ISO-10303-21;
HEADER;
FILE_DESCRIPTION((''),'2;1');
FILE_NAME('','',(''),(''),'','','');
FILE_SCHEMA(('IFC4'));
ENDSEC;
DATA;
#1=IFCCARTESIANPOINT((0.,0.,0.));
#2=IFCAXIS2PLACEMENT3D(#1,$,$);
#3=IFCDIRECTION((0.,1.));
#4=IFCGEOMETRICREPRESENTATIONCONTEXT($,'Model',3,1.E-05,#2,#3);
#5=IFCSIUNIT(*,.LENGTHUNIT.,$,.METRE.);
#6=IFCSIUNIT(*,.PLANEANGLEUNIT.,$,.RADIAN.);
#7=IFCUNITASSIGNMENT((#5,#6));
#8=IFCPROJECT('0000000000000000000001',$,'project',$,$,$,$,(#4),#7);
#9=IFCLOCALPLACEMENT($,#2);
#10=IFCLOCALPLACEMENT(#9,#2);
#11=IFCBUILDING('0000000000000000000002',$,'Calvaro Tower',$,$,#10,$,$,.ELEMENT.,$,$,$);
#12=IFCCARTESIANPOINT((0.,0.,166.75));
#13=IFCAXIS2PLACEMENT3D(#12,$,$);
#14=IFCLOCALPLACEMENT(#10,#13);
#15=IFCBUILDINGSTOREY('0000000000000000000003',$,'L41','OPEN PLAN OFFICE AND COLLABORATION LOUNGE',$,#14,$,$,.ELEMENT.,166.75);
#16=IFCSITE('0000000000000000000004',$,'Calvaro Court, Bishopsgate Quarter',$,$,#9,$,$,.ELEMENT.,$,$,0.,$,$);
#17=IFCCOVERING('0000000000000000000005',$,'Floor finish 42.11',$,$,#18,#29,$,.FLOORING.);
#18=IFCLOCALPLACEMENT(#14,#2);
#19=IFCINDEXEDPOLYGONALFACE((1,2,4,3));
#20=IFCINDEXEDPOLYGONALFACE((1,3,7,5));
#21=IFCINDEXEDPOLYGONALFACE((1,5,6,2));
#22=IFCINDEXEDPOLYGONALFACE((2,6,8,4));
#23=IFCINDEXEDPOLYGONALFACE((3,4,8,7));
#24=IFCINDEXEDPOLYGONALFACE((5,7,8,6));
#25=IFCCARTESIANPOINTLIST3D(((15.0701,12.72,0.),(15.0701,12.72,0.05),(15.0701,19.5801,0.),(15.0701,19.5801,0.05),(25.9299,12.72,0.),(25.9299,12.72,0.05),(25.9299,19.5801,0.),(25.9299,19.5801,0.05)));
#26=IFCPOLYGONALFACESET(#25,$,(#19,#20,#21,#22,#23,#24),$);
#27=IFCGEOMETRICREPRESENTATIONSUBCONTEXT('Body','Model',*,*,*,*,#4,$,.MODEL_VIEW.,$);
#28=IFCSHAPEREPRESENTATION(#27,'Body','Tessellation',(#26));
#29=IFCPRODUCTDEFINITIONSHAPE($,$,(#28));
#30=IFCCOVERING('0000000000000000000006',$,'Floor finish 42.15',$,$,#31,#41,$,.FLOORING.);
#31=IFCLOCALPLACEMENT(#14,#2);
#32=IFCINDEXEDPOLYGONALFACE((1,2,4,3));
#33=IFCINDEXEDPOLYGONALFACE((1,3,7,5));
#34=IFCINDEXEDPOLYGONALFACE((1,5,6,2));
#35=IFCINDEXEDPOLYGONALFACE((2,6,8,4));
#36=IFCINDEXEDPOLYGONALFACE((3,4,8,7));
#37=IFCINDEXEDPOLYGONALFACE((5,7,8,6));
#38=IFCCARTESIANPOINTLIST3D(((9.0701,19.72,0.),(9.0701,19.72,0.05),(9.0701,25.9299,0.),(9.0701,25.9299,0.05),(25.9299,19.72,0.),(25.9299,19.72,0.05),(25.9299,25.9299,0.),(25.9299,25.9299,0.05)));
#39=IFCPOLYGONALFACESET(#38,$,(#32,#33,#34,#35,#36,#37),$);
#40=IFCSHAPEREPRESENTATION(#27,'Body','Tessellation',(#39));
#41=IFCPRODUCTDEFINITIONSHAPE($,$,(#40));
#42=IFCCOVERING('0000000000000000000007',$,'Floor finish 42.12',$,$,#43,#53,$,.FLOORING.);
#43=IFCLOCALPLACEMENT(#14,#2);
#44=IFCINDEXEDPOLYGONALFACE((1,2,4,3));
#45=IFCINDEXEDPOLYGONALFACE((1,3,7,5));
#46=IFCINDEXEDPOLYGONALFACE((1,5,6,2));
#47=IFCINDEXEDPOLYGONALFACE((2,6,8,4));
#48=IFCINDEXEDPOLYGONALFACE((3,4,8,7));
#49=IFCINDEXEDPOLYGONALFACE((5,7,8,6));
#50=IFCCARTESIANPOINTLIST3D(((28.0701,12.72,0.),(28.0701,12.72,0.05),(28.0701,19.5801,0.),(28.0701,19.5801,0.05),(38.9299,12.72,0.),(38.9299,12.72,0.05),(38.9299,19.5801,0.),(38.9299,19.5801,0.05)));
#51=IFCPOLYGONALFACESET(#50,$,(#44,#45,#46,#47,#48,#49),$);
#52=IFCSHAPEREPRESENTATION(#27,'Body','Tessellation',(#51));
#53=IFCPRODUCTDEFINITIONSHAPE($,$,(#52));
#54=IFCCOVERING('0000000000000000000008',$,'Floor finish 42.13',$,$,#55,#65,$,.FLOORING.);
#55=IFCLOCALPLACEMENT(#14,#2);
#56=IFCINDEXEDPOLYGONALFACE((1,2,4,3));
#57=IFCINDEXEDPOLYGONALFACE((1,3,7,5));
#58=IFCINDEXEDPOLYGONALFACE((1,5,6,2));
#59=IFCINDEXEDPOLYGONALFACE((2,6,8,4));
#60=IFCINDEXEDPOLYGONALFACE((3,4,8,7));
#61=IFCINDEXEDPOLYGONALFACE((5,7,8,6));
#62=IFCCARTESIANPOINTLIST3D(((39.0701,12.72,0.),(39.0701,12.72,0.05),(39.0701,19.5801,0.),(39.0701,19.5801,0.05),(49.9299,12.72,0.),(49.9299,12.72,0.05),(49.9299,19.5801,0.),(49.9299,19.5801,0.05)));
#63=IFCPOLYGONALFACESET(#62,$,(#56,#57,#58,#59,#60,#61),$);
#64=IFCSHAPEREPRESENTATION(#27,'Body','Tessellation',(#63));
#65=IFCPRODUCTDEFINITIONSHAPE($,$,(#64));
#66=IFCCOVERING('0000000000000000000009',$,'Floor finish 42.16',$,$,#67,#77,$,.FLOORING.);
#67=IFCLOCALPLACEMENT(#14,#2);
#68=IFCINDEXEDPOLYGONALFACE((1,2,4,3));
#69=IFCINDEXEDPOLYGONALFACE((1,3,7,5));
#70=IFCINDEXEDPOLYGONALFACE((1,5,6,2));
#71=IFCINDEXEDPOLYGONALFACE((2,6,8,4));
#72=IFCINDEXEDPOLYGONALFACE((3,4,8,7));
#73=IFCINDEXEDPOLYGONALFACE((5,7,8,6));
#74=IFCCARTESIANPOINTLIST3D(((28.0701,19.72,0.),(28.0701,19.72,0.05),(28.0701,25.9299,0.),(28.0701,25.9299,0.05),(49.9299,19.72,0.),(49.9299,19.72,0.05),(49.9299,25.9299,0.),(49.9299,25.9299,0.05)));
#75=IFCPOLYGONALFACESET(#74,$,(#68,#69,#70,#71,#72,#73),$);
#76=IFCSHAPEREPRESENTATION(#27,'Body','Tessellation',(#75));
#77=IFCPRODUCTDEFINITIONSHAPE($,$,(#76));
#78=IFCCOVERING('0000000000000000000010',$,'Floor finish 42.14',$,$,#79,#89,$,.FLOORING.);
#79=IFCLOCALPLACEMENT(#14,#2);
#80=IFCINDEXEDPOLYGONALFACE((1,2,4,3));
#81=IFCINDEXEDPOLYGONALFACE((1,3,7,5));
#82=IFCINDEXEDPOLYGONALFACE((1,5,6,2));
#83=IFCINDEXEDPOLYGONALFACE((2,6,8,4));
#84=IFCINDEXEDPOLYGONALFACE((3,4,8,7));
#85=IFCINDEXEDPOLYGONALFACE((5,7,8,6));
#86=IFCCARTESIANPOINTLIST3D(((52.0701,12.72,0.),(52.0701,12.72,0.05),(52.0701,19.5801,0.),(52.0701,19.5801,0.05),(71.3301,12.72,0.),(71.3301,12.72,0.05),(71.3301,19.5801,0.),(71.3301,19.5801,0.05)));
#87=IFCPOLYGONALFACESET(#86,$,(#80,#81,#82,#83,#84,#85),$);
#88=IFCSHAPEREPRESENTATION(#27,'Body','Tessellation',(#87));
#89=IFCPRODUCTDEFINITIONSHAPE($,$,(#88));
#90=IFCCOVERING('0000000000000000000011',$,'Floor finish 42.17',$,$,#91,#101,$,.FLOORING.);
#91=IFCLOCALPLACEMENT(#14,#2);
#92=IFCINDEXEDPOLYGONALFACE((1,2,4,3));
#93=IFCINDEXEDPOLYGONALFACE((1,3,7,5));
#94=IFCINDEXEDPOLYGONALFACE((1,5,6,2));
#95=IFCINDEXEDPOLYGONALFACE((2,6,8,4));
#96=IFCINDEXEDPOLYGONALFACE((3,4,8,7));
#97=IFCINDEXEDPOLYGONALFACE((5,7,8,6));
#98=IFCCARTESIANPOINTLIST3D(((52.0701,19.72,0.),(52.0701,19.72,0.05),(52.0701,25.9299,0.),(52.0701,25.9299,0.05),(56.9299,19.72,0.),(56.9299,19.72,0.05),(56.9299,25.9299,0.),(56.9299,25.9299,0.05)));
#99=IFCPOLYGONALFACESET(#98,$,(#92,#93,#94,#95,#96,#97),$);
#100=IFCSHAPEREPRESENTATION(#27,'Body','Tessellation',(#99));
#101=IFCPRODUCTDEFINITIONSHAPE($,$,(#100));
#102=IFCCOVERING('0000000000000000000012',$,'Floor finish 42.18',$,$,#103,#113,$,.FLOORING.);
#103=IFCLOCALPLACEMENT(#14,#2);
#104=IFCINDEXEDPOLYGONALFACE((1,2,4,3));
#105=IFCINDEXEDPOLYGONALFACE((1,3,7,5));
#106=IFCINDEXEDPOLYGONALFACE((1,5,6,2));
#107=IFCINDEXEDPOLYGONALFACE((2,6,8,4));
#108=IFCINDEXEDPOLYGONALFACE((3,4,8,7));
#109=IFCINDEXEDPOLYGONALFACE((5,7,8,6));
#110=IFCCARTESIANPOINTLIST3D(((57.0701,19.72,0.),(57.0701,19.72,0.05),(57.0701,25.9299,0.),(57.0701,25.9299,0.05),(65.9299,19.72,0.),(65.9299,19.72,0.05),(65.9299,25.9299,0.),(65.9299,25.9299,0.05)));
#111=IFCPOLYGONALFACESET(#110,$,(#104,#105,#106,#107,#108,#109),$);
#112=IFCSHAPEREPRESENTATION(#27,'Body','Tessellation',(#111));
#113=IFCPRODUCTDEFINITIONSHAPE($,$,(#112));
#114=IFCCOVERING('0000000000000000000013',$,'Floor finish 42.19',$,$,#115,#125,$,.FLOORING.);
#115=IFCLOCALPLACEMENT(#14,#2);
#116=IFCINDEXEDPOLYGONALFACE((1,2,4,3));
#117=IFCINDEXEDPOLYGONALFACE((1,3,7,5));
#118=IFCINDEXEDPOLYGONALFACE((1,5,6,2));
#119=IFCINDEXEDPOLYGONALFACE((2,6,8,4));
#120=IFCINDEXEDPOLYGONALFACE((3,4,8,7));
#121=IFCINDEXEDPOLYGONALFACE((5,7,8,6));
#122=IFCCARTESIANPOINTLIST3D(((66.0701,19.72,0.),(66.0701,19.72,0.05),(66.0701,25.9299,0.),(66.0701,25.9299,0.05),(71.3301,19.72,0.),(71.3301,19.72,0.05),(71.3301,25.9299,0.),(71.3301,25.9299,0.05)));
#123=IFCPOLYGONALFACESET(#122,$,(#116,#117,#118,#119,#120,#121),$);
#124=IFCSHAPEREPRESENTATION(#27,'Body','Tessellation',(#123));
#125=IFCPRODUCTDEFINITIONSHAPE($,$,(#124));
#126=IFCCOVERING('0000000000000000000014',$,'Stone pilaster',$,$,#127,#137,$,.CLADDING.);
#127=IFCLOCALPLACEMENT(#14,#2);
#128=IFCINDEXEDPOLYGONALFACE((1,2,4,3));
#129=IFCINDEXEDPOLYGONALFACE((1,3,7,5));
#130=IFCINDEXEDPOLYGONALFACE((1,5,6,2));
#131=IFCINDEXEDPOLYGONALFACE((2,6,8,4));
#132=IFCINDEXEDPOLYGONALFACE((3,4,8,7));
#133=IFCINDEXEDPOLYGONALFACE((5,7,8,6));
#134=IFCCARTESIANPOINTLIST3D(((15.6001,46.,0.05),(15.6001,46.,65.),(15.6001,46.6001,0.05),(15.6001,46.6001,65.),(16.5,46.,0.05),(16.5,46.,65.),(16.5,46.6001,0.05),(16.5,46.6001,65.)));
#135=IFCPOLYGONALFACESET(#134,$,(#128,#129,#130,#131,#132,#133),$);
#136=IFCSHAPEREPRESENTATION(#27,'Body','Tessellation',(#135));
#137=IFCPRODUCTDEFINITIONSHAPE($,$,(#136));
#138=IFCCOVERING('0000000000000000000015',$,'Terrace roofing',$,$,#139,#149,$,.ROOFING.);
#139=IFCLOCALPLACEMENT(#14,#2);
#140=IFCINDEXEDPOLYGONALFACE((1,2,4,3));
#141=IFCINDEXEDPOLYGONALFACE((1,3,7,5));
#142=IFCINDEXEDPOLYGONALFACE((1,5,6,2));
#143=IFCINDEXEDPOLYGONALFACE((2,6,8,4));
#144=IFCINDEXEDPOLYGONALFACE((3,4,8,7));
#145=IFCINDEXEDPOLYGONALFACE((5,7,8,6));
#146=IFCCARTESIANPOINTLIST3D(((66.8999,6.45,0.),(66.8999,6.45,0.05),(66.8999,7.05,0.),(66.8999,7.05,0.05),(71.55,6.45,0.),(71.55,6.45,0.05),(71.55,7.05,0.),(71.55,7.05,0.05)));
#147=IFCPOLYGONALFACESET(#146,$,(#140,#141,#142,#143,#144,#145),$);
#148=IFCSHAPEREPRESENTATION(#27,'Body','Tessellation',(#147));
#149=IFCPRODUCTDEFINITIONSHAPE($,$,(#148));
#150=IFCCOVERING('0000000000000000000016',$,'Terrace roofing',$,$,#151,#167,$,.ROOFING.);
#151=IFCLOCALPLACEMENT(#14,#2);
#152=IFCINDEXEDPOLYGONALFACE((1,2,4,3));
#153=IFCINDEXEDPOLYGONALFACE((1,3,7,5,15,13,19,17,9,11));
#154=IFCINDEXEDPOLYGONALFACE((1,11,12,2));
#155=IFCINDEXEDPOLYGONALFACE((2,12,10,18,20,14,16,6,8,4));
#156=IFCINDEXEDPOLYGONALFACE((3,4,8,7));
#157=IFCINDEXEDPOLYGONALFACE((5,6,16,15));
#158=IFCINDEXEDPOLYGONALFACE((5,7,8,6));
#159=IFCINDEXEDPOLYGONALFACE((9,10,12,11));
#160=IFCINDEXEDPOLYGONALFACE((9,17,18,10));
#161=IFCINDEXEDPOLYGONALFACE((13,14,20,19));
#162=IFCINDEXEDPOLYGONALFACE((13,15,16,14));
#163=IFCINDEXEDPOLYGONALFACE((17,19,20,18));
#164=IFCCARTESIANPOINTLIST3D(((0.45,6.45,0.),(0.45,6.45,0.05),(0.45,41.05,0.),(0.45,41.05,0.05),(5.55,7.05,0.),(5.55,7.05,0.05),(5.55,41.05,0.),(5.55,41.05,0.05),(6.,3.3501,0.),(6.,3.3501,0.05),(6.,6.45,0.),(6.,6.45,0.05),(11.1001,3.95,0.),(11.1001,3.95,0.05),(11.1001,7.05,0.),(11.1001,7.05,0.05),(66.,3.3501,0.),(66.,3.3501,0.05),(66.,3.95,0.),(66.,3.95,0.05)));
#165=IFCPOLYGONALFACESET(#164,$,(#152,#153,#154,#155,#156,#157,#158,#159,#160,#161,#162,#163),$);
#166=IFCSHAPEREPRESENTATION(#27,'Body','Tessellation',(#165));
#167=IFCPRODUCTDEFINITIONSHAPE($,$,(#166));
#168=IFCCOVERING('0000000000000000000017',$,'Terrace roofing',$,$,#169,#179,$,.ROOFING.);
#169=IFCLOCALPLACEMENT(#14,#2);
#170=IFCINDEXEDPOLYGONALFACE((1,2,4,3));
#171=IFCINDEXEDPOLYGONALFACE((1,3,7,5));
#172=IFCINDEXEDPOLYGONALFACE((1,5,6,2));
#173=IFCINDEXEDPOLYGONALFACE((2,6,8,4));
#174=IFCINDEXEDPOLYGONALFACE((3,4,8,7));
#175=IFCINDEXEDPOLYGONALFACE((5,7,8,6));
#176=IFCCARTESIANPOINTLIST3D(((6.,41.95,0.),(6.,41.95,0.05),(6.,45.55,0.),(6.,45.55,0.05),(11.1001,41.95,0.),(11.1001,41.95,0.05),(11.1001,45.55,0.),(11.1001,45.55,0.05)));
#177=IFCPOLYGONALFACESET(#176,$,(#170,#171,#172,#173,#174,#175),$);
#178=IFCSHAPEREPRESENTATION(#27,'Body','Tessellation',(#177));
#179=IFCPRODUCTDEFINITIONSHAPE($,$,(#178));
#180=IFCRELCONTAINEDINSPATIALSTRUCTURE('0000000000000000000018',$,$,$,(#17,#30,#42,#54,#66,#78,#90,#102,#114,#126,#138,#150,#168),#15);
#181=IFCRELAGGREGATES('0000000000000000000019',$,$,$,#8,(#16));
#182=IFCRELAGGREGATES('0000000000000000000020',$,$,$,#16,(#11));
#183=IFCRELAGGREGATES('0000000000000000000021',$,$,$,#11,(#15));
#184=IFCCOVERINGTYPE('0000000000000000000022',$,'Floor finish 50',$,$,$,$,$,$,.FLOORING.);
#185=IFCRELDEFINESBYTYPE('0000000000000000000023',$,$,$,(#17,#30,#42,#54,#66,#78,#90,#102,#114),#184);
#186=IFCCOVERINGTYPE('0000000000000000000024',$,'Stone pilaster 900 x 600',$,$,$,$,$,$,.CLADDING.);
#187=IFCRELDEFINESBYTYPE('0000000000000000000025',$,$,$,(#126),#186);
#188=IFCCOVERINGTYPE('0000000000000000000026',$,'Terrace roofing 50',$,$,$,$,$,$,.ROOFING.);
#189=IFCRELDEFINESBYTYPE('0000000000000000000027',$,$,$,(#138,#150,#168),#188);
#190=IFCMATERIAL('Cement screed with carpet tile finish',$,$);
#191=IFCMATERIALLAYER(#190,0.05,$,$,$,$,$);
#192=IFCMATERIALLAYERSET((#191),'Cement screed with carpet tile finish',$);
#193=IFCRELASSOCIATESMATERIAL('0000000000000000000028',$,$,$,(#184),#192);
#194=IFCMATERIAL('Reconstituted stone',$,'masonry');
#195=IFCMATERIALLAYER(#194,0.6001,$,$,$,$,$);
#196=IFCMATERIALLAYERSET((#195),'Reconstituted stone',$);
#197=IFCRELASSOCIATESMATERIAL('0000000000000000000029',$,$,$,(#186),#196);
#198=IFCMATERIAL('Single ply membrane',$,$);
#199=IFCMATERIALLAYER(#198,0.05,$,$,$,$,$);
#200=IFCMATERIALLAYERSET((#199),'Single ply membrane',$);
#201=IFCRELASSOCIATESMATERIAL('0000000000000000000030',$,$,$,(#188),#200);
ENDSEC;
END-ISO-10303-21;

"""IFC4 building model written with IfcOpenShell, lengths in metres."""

from ifc_helpers import new_model, si_unit, direction, frame, origin, place, context, subcontext, project, spatial, polyline, outline, extrude, material, layer, layer_set, type_object, element, save


model = new_model("IFC4")

# Units and contexts
model_context = context("Model", 3, precision=1e-05, world=origin(), true_north=direction((0.0, 1.0)))
body_context = subcontext(model_context, "Body", "Model", "MODEL_VIEW")
ifc_project = project(units=[si_unit("LENGTHUNIT", "METRE"), si_unit("PLANEANGLEUNIT", "RADIAN")], contexts=[model_context])

# Site, building, storey
site_placement = place(None, origin())
site = spatial("IfcSite", under=ifc_project, at=site_placement, Name="Calvaro Court, Bishopsgate Quarter", CompositionType="ELEMENT", RefElevation=0.0)
building_placement = place(site_placement, origin())
building = spatial("IfcBuilding", under=site, at=building_placement, Name="Calvaro Tower", CompositionType="ELEMENT")
storey_placement = place(building_placement, frame((0.0, 0.0, 166.75)))
storey = spatial("IfcBuildingStorey", under=building, at=storey_placement, Name="L41", Description="OPEN PLAN OFFICE AND COLLABORATION LOUNGE", CompositionType="ELEMENT", Elevation=166.75)

# Coverings
ifc_material_1 = material(Name="Cement screed with carpet tile finish")
ifc_layer_1 = layer(ifc_material_1, 0.05)
ifc_layer_set_1 = layer_set([ifc_layer_1], Name="Cement screed with carpet tile finish")
covering_type_1 = type_object("IfcCoveringType", Name="Floor finish 50", PredefinedType="FLOORING", material=ifc_layer_set_1)
covering_1_placement = place(storey_placement, origin())
element("IfcCovering", 1, at=covering_1_placement, inside=storey, type_object=covering_type_1, Name="Floor finish 42.11", PredefinedType="FLOORING", context=body_context, shape_type="SweptSolid", body=[
    extrude(outline(polyline([(25.9299, 12.72), (15.0701, 12.72), (15.0701, 19.5801), (25.9299, 19.5801), (25.9299, 12.72)])), origin(), (0.0, 0.0, 1.0), 0.05),
])
covering_2_placement = place(storey_placement, origin())
element("IfcCovering", 2, at=covering_2_placement, inside=storey, type_object=covering_type_1, Name="Floor finish 42.15", PredefinedType="FLOORING", context=body_context, shape_type="SweptSolid", body=[
    extrude(outline(polyline([(25.9299, 25.9299), (25.9299, 19.72), (9.0701, 19.72), (9.0701, 25.9299), (25.9299, 25.9299)])), origin(), (0.0, 0.0, 1.0), 0.05),
])
covering_3_placement = place(storey_placement, origin())
element("IfcCovering", 3, at=covering_3_placement, inside=storey, type_object=covering_type_1, Name="Floor finish 42.12", PredefinedType="FLOORING", context=body_context, shape_type="SweptSolid", body=[
    extrude(outline(polyline([(38.9299, 12.72), (28.0701, 12.72), (28.0701, 19.5801), (38.9299, 19.5801), (38.9299, 12.72)])), origin(), (0.0, 0.0, 1.0), 0.05),
])
covering_4_placement = place(storey_placement, origin())
element("IfcCovering", 4, at=covering_4_placement, inside=storey, type_object=covering_type_1, Name="Floor finish 42.13", PredefinedType="FLOORING", context=body_context, shape_type="SweptSolid", body=[
    extrude(outline(polyline([(49.9299, 12.72), (39.0701, 12.72), (39.0701, 19.5801), (49.9299, 19.5801), (49.9299, 12.72)])), origin(), (0.0, 0.0, 1.0), 0.05),
])
covering_5_placement = place(storey_placement, origin())
element("IfcCovering", 5, at=covering_5_placement, inside=storey, type_object=covering_type_1, Name="Floor finish 42.16", PredefinedType="FLOORING", context=body_context, shape_type="SweptSolid", body=[
    extrude(outline(polyline([(49.9299, 19.72), (28.0701, 19.72), (28.0701, 25.9299), (49.9299, 25.9299), (49.9299, 19.72)])), origin(), (0.0, 0.0, 1.0), 0.05),
])
covering_6_placement = place(storey_placement, origin())
element("IfcCovering", 6, at=covering_6_placement, inside=storey, type_object=covering_type_1, Name="Floor finish 42.14", PredefinedType="FLOORING", context=body_context, shape_type="SweptSolid", body=[
    extrude(outline(polyline([(71.3301, 19.5801), (71.3301, 12.72), (52.0701, 12.72), (52.0701, 19.5801), (71.3301, 19.5801)])), origin(), (0.0, 0.0, 1.0), 0.05),
])
covering_7_placement = place(storey_placement, origin())
element("IfcCovering", 7, at=covering_7_placement, inside=storey, type_object=covering_type_1, Name="Floor finish 42.17", PredefinedType="FLOORING", context=body_context, shape_type="SweptSolid", body=[
    extrude(outline(polyline([(56.9299, 19.72), (52.0701, 19.72), (52.0701, 25.9299), (56.9299, 25.9299), (56.9299, 19.72)])), origin(), (0.0, 0.0, 1.0), 0.05),
])
covering_8_placement = place(storey_placement, origin())
element("IfcCovering", 8, at=covering_8_placement, inside=storey, type_object=covering_type_1, Name="Floor finish 42.18", PredefinedType="FLOORING", context=body_context, shape_type="SweptSolid", body=[
    extrude(outline(polyline([(65.9299, 19.72), (57.0701, 19.72), (57.0701, 25.9299), (65.9299, 25.9299), (65.9299, 19.72)])), origin(), (0.0, 0.0, 1.0), 0.05),
])
covering_9_placement = place(storey_placement, origin())
element("IfcCovering", 9, at=covering_9_placement, inside=storey, type_object=covering_type_1, Name="Floor finish 42.19", PredefinedType="FLOORING", context=body_context, shape_type="SweptSolid", body=[
    extrude(outline(polyline([(71.3301, 25.9299), (71.3301, 19.72), (66.0701, 19.72), (66.0701, 25.9299), (71.3301, 25.9299)])), origin(), (0.0, 0.0, 1.0), 0.05),
])
ifc_material_2 = material(Name="Reconstituted stone", Category="masonry")
ifc_layer_2 = layer(ifc_material_2, 0.6001)
ifc_layer_set_2 = layer_set([ifc_layer_2], Name="Reconstituted stone")
covering_type_2 = type_object("IfcCoveringType", Name="Stone pilaster 900 x 600", PredefinedType="CLADDING", material=ifc_layer_set_2)
covering_10_placement = place(storey_placement, frame((0.0, 0.0, 0.05)))
element("IfcCovering", 10, at=covering_10_placement, inside=storey, type_object=covering_type_2, Name="Stone pilaster", PredefinedType="CLADDING", context=body_context, shape_type="SweptSolid", body=[
    extrude(outline(polyline([(15.6001, 46.0), (16.5, 46.0), (16.5, 46.6001), (15.6001, 46.6001), (15.6001, 46.0)])), origin(), (0.0, 0.0, 1.0), 64.95),
])
ifc_material_3 = material(Name="Single ply membrane")
ifc_layer_3 = layer(ifc_material_3, 0.05)
ifc_layer_set_3 = layer_set([ifc_layer_3], Name="Single ply membrane")
covering_type_3 = type_object("IfcCoveringType", Name="Terrace roofing 50", PredefinedType="ROOFING", material=ifc_layer_set_3)
covering_11_placement = place(storey_placement, origin())
element("IfcCovering", 11, at=covering_11_placement, inside=storey, type_object=covering_type_3, Name="Terrace roofing", PredefinedType="ROOFING", context=body_context, shape_type="SweptSolid", body=[
    extrude(outline(polyline([(71.55, 6.45), (66.8999, 6.45), (66.8999, 7.05), (71.55, 7.05), (71.55, 6.45)])), origin(), (0.0, 0.0, 1.0), 0.05),
])
covering_12_placement = place(storey_placement, origin())
element("IfcCovering", 12, at=covering_12_placement, inside=storey, type_object=covering_type_3, Name="Terrace roofing", PredefinedType="ROOFING", context=body_context, shape_type="SweptSolid", body=[
    extrude(outline(polyline([(5.55, 41.05), (5.55, 7.05), (11.1001, 7.05), (11.1001, 3.95), (66.0, 3.95), (66.0, 3.3501), (6.0, 3.3501), (6.0, 6.45), (0.45, 6.45), (0.45, 41.05), (5.55, 41.05)])), origin(), (0.0, 0.0, 1.0), 0.05),
])
covering_13_placement = place(storey_placement, origin())
element("IfcCovering", 13, at=covering_13_placement, inside=storey, type_object=covering_type_3, Name="Terrace roofing", PredefinedType="ROOFING", context=body_context, shape_type="SweptSolid", body=[
    extrude(outline(polyline([(6.0, 41.95), (6.0, 45.55), (11.1001, 45.55), (11.1001, 41.95), (6.0, 41.95)])), origin(), (0.0, 0.0, 1.0), 0.05),
])

save(model, "model.ifc")
